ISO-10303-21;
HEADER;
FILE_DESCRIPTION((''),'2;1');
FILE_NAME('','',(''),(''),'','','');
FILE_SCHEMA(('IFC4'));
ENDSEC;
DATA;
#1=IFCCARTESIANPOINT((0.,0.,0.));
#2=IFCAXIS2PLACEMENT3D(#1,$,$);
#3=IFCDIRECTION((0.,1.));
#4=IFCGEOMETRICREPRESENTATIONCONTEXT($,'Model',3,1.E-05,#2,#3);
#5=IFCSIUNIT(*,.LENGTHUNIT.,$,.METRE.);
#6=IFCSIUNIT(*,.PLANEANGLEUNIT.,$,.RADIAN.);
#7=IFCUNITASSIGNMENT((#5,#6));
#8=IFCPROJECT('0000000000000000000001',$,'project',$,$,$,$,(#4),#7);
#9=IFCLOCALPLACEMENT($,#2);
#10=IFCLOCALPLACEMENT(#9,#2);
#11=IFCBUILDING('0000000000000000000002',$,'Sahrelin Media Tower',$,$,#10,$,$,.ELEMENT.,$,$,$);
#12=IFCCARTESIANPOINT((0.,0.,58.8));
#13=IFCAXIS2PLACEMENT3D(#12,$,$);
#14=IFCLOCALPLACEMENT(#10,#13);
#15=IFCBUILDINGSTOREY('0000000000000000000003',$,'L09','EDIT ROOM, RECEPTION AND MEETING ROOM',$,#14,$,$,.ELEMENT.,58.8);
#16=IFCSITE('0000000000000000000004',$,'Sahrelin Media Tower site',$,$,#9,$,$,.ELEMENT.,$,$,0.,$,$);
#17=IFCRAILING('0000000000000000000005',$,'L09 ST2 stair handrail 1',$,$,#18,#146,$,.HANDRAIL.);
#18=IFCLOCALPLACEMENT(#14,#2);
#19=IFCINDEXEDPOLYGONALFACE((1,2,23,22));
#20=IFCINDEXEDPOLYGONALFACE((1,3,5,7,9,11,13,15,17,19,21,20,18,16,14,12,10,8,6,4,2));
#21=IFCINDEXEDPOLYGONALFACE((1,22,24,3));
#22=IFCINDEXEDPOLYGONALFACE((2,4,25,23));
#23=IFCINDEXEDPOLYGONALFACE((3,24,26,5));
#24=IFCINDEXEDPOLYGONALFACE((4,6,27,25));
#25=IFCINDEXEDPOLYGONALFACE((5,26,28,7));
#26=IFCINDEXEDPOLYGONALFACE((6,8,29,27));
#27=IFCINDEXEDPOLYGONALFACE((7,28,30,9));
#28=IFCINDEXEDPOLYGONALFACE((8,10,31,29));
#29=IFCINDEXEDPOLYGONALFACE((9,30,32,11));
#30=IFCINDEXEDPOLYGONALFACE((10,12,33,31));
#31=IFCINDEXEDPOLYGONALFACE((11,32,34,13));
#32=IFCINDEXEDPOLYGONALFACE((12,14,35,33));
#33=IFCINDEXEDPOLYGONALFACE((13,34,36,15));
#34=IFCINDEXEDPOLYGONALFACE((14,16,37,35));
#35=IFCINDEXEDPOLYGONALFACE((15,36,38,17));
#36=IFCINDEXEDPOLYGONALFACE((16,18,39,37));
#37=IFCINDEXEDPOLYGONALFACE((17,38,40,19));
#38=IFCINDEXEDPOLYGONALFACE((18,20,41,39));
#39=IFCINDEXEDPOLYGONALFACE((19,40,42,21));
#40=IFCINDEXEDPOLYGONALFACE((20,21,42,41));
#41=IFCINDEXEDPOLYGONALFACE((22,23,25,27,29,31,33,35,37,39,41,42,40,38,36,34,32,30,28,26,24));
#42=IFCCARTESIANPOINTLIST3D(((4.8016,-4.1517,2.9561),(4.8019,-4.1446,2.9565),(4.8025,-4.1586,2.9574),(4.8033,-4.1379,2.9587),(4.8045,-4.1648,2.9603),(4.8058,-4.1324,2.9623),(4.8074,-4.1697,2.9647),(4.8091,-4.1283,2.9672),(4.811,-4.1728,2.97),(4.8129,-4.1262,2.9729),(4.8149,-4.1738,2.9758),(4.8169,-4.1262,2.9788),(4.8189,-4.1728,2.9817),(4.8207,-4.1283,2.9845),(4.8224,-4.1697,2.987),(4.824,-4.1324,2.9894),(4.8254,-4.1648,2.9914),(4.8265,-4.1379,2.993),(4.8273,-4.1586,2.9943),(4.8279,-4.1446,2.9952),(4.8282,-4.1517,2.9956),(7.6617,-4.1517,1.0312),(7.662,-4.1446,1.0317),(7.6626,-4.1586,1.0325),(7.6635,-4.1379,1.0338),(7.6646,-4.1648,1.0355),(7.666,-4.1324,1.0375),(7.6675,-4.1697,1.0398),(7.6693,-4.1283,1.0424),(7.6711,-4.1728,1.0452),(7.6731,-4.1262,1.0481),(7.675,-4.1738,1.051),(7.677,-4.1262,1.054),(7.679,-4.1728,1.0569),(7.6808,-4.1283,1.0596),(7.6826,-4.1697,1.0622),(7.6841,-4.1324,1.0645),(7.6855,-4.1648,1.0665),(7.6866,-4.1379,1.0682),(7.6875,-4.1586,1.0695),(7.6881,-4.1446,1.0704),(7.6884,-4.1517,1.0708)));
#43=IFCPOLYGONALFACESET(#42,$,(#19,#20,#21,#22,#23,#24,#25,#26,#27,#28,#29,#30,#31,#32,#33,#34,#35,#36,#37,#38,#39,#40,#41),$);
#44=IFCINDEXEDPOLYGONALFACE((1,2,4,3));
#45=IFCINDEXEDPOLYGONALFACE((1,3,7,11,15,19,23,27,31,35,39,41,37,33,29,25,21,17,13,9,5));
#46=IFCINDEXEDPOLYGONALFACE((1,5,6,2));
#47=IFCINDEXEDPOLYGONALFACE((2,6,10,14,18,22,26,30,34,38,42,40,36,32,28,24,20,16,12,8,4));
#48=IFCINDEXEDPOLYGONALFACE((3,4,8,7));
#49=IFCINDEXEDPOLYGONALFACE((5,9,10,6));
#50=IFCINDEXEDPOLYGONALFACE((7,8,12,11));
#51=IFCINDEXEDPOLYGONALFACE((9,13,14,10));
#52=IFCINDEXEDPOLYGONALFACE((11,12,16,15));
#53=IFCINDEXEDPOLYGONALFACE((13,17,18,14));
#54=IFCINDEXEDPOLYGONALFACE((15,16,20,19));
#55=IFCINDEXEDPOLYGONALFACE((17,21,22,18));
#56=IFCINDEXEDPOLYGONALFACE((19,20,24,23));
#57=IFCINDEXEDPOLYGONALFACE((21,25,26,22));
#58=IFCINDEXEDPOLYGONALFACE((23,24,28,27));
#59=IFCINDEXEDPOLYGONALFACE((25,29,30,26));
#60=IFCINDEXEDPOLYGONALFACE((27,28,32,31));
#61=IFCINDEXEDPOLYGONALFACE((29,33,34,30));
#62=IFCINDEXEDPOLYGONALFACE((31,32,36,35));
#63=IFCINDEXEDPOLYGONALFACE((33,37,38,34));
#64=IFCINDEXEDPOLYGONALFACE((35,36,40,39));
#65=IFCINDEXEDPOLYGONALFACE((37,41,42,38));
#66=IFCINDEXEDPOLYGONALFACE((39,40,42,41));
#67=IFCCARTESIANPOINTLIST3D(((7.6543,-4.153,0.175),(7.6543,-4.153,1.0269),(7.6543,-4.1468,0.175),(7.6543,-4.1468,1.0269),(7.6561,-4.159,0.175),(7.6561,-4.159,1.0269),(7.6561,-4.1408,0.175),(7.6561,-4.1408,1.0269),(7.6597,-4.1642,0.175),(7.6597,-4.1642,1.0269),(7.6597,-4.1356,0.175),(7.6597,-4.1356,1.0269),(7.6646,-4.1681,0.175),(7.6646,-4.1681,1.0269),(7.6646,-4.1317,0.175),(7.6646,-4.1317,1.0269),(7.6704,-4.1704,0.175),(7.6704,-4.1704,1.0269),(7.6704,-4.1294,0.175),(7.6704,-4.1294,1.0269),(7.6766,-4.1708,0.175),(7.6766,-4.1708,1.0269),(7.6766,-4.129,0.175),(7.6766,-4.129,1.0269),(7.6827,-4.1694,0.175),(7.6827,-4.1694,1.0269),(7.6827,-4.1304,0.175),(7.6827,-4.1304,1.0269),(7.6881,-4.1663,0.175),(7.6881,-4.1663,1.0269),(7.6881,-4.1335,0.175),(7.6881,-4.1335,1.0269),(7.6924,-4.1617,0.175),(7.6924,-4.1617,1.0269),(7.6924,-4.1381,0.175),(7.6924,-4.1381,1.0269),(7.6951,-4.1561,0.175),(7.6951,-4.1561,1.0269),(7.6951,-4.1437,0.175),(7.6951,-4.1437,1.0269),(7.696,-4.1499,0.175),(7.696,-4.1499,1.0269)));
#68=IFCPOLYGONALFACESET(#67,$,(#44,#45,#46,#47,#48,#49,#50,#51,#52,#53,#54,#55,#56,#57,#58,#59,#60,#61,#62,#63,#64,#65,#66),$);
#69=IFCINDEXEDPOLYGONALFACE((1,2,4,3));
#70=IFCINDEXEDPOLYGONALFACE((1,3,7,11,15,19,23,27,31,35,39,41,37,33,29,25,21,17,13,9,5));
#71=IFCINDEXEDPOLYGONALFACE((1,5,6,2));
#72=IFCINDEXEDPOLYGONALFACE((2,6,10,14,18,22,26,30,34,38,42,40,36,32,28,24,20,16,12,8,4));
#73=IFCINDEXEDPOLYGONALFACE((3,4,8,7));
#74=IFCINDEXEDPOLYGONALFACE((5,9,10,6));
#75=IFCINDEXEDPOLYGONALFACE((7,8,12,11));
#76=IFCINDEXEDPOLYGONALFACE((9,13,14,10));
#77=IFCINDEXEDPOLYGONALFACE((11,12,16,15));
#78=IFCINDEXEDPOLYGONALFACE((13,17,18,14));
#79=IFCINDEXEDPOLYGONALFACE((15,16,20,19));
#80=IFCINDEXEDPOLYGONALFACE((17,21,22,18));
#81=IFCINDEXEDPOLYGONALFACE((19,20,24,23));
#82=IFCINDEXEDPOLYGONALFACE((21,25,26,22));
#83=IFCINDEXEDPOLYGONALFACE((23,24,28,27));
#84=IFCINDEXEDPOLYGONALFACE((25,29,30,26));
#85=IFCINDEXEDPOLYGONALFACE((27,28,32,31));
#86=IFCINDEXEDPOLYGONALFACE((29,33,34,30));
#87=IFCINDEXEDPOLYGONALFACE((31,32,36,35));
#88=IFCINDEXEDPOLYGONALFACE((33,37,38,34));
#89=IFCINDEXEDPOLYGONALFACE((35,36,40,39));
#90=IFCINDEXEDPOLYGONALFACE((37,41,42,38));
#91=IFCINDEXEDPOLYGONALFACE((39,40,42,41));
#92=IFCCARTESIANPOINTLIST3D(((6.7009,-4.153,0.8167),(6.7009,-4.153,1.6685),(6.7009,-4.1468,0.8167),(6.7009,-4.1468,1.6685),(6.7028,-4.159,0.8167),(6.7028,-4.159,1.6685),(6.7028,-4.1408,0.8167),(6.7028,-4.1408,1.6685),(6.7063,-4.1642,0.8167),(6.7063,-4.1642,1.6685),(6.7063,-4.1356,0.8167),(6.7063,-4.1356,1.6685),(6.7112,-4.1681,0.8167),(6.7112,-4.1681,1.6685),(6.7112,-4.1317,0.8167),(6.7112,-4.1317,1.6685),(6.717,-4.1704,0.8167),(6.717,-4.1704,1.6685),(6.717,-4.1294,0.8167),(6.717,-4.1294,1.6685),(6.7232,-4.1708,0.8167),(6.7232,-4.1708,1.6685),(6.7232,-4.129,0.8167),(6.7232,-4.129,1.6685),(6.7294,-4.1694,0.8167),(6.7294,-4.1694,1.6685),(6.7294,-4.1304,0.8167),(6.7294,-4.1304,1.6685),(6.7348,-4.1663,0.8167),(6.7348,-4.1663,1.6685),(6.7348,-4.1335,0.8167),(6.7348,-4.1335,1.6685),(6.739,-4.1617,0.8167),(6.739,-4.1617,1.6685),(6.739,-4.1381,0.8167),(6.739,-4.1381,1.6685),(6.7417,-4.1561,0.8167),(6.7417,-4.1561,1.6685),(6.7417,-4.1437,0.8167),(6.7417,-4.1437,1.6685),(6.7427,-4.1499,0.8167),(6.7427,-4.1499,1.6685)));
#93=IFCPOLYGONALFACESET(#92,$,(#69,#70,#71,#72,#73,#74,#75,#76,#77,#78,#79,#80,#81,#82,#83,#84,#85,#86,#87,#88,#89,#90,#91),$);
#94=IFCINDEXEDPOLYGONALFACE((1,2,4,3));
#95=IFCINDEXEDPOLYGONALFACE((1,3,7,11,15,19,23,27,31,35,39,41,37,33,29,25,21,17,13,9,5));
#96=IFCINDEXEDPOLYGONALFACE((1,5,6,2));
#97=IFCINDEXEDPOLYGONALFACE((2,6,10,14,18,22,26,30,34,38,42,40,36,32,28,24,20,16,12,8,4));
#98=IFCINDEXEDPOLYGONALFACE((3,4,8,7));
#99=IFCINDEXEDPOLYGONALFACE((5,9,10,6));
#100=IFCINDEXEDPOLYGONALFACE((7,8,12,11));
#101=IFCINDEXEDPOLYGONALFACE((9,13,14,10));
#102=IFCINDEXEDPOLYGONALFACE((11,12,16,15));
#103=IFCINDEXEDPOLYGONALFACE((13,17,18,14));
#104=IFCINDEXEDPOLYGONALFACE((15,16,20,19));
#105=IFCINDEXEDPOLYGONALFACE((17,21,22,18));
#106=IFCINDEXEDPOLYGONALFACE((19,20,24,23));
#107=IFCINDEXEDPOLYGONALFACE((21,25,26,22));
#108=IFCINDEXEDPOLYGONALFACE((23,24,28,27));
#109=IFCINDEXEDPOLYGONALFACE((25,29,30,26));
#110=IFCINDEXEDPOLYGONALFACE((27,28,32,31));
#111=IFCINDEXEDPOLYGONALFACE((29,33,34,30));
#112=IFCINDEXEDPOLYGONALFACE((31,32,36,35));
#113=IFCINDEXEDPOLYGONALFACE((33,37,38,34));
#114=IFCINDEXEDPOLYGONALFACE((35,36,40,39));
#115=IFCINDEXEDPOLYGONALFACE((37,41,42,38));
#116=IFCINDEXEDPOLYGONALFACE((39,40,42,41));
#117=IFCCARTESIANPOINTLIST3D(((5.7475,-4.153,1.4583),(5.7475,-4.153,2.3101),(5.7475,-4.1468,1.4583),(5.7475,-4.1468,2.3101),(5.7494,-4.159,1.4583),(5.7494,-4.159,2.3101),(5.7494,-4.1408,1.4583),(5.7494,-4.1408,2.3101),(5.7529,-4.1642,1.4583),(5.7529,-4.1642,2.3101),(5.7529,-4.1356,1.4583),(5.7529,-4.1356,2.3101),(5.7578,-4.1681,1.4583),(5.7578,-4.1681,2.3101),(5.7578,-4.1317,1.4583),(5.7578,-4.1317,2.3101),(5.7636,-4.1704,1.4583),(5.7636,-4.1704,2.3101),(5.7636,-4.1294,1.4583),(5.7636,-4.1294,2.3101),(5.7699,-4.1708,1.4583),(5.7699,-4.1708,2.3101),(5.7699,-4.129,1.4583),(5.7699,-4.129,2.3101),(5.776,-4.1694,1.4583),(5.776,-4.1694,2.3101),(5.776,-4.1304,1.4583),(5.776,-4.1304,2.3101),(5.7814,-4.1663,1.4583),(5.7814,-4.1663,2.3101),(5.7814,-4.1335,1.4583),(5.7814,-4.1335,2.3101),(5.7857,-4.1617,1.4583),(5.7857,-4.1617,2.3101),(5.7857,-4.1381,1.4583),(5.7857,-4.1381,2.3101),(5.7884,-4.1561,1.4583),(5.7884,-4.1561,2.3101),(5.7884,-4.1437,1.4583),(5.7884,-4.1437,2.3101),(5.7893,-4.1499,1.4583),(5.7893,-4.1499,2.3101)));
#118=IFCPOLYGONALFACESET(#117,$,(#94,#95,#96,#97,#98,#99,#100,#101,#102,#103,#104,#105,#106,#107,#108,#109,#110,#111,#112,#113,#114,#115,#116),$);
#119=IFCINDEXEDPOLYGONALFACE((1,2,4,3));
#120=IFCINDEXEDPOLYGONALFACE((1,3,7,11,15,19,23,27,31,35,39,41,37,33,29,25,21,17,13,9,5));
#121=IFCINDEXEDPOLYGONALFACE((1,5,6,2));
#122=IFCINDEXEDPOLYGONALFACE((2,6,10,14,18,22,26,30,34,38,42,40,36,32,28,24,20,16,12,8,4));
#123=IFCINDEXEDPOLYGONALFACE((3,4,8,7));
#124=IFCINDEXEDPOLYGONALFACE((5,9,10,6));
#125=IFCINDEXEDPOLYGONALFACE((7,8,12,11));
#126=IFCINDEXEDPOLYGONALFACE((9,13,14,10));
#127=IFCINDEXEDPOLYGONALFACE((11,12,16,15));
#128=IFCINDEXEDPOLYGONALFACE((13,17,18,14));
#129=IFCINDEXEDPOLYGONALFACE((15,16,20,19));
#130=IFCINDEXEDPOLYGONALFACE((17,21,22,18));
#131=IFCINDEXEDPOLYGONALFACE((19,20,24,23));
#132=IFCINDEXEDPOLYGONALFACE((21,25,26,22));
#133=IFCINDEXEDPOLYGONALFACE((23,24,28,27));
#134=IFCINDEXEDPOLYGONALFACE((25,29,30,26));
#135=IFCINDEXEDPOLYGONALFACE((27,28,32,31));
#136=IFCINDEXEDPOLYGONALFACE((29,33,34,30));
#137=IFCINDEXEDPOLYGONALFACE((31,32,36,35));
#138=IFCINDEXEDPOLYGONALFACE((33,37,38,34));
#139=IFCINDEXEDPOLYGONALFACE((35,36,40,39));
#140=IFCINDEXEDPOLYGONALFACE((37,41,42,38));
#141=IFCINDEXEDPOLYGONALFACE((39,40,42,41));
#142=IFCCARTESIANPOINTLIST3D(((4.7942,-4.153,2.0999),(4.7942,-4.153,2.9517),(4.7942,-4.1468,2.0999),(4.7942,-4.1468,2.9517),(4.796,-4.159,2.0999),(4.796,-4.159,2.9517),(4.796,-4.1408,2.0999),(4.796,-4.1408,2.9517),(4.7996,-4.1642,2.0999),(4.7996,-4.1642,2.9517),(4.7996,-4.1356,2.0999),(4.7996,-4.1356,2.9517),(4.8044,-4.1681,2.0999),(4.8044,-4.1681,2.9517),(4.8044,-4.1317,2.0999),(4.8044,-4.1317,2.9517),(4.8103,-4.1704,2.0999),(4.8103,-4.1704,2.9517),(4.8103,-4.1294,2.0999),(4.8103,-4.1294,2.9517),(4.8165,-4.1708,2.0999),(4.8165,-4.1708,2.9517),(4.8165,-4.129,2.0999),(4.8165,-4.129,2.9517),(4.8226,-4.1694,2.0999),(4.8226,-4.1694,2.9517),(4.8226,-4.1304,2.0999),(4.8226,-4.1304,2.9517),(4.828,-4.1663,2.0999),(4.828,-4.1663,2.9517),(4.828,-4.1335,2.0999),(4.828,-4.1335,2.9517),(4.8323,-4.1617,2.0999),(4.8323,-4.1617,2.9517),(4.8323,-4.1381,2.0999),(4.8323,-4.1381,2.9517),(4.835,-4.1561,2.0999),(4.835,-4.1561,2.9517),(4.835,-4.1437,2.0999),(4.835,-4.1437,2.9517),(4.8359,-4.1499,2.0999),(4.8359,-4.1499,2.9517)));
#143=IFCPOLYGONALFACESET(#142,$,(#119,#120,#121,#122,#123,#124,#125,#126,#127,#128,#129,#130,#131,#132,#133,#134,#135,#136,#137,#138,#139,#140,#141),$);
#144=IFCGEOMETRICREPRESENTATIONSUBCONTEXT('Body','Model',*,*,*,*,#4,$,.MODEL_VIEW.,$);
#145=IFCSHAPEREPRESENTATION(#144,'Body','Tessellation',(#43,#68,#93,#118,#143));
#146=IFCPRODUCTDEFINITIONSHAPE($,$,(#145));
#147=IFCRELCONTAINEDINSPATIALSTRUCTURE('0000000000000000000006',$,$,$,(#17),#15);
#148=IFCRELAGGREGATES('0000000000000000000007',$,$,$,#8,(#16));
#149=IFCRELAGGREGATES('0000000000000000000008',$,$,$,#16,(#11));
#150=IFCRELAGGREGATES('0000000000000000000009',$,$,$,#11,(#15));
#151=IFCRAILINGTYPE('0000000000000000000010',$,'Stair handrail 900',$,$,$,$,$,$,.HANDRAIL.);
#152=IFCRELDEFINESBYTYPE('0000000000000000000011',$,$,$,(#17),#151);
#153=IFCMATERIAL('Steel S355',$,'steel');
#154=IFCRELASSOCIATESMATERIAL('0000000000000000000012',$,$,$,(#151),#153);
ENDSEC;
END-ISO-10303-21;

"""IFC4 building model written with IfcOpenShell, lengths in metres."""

from ifc_helpers import new_model, si_unit, direction, frame, origin, origin_2d, place, context, subcontext, project, spatial, circle, extrude, material, type_object, element, save


model = new_model("IFC4")

# Units and contexts
model_context = context("Model", 3, precision=1e-05, world=origin(), true_north=direction((0.0, 1.0)))
body_context = subcontext(model_context, "Body", "Model", "MODEL_VIEW")
ifc_project = project(units=[si_unit("LENGTHUNIT", "METRE"), si_unit("PLANEANGLEUNIT", "RADIAN")], contexts=[model_context])

# Site, building, storey
site_placement = place(None, origin())
site = spatial("IfcSite", under=ifc_project, at=site_placement, Name="Sahrelin Media Tower site", CompositionType="ELEMENT", RefElevation=0.0)
building_placement = place(site_placement, origin())
building = spatial("IfcBuilding", under=site, at=building_placement, Name="Sahrelin Media Tower", CompositionType="ELEMENT")
storey_placement = place(building_placement, frame((0.0, 0.0, 58.8)))
storey = spatial("IfcBuildingStorey", under=building, at=storey_placement, Name="L09", Description="EDIT ROOM, RECEPTION AND MEETING ROOM", CompositionType="ELEMENT", Elevation=58.8)

# Railing
ifc_material_1 = material(Name="Steel S355", Category="steel")
railing_type_1 = type_object("IfcRailingType", Name="Stair handrail 900", PredefinedType="HANDRAIL", material=ifc_material_1)
railing_1_placement = place(storey_placement, frame((7.675, -4.1499, 0.175)))
element("IfcRailing", 1, at=railing_1_placement, inside=storey, type_object=railing_type_1, Name="L09 ST2 stair handrail 1", PredefinedType="HANDRAIL", context=body_context, shape_type="SweptSolid", body=[
    extrude(circle(Radius=0.0239, at=origin_2d()), frame((0.0, 0.0, 0.876), z_axis=(-0.829624, 0.0, 0.558323), x_axis=(0.0, -1.0, 0.0)), (0.0, 0.0, 1.0), 3.4475),
    extrude(circle(Radius=0.021, at=origin_2d()), origin(), (0.0, 0.0, 1.0), 0.8518),
    extrude(circle(Radius=0.021, at=origin_2d()), frame((-0.9534, 0.0, 0.6416)), (0.0, 0.0, 1.0), 0.8518),
    extrude(circle(Radius=0.021, at=origin_2d()), frame((-1.9067, 0.0, 1.2832)), (0.0, 0.0, 1.0), 0.8518),
    extrude(circle(Radius=0.021, at=origin_2d()), frame((-2.8601, 0.0, 1.9248)), (0.0, 0.0, 1.0), 0.8518),
])

save(model, "model.ifc")
